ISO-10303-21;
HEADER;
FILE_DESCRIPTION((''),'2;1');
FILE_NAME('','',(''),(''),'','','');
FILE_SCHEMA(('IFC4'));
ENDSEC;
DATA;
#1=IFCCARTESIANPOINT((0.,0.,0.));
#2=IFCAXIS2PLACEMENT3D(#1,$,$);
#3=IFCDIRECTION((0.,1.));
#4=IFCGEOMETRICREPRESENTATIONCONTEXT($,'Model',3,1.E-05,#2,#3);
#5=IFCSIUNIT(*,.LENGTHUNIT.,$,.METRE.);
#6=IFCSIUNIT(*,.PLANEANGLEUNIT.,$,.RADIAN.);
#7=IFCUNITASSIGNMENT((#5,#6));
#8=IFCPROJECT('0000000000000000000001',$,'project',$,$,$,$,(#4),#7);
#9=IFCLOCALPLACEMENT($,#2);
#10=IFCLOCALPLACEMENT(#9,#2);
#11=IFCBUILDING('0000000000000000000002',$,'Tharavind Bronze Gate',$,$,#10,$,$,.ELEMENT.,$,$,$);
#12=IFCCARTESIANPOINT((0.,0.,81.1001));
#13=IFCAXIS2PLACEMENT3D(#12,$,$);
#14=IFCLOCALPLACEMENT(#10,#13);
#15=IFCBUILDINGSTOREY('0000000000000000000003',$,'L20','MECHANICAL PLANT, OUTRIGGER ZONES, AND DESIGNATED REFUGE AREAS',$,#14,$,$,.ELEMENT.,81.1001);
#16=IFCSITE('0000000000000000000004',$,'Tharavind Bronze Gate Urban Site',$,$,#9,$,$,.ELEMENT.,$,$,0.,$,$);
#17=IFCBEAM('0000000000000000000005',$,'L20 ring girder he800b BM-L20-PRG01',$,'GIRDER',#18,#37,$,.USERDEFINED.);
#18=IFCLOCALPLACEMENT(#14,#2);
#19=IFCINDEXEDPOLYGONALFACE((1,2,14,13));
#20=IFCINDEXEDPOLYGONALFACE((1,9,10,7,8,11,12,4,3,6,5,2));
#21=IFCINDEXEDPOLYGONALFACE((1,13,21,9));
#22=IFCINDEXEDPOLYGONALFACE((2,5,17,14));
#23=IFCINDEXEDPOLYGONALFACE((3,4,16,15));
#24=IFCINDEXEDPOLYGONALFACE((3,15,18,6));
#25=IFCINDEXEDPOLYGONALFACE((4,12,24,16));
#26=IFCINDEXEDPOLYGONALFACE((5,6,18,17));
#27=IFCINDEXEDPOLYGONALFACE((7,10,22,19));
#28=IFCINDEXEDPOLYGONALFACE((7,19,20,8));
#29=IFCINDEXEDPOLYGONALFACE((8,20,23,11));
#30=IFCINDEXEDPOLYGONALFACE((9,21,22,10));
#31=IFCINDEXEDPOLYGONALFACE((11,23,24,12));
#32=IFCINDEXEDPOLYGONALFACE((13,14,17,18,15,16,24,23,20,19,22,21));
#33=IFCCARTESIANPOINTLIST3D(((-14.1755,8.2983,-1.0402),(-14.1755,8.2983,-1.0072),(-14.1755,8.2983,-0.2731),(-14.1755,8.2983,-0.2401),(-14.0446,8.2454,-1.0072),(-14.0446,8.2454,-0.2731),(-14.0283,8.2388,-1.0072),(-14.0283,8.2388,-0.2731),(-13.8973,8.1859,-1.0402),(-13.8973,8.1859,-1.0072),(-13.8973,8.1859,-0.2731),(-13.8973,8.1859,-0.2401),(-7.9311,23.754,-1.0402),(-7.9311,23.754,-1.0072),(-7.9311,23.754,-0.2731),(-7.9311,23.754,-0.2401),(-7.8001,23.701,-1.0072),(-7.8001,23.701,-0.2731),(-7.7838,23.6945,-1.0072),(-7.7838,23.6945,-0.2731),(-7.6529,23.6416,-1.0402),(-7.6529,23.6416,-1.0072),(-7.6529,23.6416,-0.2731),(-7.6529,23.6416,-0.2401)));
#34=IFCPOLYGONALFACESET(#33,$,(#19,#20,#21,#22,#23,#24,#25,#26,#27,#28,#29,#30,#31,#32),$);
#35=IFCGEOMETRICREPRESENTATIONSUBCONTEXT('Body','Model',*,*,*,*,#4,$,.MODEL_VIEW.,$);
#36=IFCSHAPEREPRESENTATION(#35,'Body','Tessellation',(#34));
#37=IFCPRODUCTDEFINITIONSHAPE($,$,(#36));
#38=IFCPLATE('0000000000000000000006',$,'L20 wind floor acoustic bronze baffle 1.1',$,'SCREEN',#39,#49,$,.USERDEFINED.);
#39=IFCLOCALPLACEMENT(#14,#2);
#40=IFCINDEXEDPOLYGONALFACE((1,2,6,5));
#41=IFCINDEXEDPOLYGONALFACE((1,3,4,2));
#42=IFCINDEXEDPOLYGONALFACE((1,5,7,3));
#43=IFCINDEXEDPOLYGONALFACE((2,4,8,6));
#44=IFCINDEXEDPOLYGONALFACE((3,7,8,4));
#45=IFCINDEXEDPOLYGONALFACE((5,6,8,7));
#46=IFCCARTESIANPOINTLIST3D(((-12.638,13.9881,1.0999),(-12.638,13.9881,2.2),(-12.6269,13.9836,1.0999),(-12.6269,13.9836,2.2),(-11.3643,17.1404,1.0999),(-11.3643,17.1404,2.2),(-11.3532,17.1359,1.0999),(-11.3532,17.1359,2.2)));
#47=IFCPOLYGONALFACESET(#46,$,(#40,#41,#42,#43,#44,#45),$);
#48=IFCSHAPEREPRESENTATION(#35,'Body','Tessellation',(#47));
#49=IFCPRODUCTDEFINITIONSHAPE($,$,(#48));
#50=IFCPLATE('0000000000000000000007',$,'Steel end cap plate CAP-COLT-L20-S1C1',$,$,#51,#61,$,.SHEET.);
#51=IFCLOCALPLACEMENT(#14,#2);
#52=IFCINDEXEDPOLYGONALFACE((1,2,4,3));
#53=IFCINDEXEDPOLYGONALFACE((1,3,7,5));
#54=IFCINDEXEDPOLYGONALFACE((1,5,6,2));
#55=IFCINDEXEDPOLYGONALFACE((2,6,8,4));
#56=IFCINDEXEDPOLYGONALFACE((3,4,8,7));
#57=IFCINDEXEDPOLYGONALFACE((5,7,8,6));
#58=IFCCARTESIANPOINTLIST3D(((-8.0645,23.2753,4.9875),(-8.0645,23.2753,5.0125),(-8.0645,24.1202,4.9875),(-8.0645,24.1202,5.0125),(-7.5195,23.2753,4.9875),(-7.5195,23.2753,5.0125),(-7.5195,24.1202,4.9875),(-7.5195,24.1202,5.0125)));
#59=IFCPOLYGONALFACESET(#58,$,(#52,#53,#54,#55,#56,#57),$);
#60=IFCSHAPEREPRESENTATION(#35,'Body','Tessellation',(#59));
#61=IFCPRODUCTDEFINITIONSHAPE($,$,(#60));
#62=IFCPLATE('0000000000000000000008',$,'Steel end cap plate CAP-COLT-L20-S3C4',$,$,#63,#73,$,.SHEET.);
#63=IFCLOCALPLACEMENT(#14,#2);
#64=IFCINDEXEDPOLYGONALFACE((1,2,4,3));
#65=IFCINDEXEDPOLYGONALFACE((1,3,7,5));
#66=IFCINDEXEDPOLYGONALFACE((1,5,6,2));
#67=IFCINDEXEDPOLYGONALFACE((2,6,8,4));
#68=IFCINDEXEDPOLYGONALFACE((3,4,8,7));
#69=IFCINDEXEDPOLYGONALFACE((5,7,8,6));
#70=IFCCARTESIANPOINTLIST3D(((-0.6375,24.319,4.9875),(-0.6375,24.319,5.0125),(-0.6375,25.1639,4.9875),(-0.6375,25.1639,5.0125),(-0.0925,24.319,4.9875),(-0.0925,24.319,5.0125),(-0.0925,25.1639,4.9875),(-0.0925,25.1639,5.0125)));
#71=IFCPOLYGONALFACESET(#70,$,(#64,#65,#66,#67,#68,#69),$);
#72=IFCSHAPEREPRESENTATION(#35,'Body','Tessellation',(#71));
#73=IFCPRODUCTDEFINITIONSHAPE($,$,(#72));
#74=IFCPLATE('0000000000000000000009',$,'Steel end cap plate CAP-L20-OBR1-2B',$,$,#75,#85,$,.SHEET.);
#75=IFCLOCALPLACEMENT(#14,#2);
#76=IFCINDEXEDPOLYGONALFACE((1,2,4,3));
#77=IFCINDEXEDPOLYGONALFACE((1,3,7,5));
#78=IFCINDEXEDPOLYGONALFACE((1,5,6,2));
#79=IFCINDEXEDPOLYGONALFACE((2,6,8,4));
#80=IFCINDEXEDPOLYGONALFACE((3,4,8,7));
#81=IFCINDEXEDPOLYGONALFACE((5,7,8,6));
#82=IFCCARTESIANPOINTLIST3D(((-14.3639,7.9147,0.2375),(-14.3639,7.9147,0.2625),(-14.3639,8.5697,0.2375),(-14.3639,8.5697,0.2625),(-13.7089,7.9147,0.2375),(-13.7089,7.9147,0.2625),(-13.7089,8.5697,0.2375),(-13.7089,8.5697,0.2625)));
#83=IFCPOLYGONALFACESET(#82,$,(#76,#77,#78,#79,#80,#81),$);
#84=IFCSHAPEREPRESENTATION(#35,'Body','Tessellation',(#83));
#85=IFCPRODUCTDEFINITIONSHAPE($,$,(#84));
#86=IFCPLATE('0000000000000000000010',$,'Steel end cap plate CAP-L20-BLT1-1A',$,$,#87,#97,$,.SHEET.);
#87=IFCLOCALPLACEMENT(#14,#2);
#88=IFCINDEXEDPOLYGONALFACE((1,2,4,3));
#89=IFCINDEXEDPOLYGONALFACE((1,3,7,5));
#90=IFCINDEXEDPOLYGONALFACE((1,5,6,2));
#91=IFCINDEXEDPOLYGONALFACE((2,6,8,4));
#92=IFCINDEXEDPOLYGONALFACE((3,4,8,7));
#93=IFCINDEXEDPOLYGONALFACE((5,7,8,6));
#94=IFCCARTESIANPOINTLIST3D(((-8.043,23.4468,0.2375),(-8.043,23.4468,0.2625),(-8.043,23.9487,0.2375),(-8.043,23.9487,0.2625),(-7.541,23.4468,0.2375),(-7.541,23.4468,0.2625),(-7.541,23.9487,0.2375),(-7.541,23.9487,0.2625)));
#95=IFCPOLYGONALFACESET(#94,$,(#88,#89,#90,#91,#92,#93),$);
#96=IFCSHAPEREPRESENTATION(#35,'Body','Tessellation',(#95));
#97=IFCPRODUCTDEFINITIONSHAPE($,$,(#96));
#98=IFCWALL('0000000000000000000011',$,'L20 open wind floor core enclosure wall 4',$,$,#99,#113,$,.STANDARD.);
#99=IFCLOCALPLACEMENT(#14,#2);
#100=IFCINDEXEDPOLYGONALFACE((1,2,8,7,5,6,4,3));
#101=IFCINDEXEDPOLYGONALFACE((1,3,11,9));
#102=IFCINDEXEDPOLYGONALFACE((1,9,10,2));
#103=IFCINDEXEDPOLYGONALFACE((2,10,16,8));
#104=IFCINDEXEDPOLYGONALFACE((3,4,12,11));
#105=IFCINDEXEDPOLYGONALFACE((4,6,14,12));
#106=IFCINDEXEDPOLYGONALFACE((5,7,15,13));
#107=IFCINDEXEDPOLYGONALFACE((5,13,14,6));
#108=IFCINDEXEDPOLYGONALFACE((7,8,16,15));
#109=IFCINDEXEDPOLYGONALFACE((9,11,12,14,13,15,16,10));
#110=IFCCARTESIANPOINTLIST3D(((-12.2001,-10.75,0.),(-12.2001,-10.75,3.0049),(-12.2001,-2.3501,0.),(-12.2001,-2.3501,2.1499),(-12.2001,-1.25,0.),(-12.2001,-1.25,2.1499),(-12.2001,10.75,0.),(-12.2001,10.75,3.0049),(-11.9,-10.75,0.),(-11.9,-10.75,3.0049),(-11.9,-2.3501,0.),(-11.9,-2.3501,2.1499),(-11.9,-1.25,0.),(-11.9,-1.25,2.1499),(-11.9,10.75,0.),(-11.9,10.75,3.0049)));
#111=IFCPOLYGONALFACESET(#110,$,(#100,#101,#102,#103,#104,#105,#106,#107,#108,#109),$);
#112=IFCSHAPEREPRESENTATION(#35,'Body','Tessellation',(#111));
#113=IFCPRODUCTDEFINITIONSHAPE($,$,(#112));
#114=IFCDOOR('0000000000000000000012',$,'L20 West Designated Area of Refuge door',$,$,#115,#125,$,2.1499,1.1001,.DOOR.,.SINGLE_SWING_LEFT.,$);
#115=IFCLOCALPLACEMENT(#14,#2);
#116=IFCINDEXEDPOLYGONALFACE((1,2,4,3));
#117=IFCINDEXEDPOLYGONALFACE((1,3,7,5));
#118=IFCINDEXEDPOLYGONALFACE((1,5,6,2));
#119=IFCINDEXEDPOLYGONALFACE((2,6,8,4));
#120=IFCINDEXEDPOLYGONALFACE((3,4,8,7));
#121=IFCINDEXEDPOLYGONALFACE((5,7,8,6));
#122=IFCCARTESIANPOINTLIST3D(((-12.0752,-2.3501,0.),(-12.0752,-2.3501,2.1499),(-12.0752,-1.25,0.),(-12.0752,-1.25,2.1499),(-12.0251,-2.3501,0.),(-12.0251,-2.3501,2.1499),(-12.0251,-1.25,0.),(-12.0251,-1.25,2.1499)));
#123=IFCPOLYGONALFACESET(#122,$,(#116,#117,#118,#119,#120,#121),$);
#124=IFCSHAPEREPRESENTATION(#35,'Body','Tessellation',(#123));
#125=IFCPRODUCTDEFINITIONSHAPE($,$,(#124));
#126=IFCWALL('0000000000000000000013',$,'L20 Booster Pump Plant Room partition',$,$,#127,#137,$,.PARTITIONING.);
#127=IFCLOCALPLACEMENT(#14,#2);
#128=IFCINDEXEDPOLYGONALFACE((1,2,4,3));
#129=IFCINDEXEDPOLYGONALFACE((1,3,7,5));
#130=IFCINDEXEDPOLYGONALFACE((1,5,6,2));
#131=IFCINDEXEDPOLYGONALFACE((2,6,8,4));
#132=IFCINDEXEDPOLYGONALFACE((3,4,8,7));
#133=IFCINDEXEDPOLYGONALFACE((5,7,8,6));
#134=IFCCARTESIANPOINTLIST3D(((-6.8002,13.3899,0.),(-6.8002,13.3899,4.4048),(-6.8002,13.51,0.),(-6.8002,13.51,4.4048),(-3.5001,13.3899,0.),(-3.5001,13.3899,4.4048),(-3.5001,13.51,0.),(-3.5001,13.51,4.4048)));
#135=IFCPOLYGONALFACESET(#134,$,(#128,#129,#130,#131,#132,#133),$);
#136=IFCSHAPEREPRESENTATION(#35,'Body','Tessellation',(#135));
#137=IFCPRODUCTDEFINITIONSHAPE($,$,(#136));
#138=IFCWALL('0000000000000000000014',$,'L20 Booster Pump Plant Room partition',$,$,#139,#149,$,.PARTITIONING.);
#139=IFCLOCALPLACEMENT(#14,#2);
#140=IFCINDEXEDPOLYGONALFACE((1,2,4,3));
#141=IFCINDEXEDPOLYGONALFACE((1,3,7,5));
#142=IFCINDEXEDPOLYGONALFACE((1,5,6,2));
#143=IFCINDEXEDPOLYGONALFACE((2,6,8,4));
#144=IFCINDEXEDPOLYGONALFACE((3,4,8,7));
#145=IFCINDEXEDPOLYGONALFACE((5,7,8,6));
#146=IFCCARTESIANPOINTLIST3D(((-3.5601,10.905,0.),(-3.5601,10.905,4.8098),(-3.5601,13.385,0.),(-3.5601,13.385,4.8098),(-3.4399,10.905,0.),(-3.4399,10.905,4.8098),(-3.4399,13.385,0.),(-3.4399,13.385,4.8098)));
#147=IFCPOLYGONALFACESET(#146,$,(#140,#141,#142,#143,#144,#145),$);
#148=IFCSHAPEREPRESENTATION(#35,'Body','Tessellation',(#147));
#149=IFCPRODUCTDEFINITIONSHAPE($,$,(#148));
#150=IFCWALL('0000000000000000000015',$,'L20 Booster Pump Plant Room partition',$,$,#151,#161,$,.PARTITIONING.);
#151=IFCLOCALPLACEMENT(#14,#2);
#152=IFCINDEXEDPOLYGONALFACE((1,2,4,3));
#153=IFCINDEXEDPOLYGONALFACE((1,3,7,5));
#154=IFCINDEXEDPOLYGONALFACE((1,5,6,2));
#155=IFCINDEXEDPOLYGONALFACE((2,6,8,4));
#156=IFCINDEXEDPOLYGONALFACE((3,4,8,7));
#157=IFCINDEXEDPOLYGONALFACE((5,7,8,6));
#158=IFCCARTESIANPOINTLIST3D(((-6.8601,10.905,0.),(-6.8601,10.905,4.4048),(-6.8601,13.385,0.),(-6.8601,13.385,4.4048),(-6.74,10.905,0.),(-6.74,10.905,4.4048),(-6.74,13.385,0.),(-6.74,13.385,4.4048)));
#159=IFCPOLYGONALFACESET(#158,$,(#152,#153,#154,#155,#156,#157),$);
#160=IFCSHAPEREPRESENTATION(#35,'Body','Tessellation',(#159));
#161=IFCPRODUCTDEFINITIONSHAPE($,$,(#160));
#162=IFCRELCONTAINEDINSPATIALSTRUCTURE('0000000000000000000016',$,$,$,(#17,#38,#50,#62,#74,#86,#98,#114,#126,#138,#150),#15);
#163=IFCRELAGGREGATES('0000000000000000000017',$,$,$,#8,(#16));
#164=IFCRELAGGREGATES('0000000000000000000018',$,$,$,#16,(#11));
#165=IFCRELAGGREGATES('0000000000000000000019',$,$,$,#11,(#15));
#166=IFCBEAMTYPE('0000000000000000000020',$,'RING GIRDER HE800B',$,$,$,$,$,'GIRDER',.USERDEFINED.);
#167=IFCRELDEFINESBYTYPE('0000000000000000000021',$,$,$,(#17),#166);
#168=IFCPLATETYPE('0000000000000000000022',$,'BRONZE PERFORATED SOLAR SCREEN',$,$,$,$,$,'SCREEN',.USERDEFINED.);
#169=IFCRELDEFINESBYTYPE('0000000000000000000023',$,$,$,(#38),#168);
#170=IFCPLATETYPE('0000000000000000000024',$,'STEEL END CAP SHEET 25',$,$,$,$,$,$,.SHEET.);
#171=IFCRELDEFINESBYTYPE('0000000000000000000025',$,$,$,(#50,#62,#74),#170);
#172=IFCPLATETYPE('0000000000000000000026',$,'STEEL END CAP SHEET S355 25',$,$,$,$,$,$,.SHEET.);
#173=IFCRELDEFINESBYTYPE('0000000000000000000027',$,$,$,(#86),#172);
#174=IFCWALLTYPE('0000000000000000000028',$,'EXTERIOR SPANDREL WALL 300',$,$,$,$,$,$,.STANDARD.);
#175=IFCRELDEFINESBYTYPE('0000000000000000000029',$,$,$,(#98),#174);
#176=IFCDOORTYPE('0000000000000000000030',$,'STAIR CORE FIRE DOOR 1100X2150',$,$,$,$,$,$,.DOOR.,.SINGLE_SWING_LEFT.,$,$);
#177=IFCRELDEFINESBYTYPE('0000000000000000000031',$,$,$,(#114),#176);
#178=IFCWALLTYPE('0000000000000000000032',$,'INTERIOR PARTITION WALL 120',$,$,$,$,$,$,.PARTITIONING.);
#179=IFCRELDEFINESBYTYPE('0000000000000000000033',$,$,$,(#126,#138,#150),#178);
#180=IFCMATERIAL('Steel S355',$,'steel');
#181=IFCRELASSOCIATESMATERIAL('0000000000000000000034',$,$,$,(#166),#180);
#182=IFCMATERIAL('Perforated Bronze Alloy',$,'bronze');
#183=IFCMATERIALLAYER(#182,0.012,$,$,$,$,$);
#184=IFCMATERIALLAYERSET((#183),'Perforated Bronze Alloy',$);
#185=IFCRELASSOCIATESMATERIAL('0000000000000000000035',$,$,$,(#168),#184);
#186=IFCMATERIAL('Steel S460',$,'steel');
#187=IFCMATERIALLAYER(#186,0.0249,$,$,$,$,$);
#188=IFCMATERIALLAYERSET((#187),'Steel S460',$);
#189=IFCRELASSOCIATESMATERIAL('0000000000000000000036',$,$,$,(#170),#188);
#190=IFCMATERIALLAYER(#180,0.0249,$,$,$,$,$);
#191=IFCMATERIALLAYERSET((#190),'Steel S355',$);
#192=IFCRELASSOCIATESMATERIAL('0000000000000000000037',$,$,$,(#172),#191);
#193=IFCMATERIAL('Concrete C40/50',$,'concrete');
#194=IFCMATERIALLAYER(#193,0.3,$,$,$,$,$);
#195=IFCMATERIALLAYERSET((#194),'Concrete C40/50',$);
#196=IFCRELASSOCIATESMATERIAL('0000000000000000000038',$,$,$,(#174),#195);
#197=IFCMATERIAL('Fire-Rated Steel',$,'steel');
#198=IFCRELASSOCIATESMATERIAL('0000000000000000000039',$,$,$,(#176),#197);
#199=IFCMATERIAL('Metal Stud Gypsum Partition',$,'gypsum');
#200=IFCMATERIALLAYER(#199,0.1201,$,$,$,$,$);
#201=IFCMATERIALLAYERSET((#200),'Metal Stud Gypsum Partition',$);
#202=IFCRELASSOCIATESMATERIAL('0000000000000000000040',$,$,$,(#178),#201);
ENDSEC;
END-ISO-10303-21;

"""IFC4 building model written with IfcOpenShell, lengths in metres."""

from ifc_helpers import new_model, si_unit, direction, frame, frame_2d, origin, origin_2d, place, context, subcontext, project, spatial, rectangle, i_section, extrude, material, layer, layer_set, material_profile, profile_set, type_object, element, fill, save


model = new_model("IFC4")

# Units and contexts
model_context = context("Model", 3, precision=1e-05, world=origin(), true_north=direction((0.0, 1.0)))
body_context = subcontext(model_context, "Body", "Model", "MODEL_VIEW")
ifc_project = project(units=[si_unit("LENGTHUNIT", "METRE"), si_unit("PLANEANGLEUNIT", "RADIAN")], contexts=[model_context])

# Site, building, storey
site_placement = place(None, origin())
site = spatial("IfcSite", under=ifc_project, at=site_placement, Name="Tharavind Bronze Gate Urban Site", CompositionType="ELEMENT", RefElevation=0.0)
building_placement = place(site_placement, origin())
building = spatial("IfcBuilding", under=site, at=building_placement, Name="Tharavind Bronze Gate", CompositionType="ELEMENT")
storey_placement = place(building_placement, frame((0.0, 0.0, 81.1001)))
storey = spatial("IfcBuildingStorey", under=building, at=storey_placement, Name="L20", Description="MECHANICAL PLANT, OUTRIGGER ZONES, AND DESIGNATED REFUGE AREAS", CompositionType="ELEMENT", Elevation=81.1001)

# Shared definitions
ifc_material_1 = material(Name="Steel S460", Category="steel")

# Beam
ifc_material_2 = material(Name="Steel S355", Category="steel")
ifc_material_profile_1 = material_profile(ifc_material_2, i_section(OverallWidth=0.3, OverallDepth=0.8, WebThickness=0.0176, FlangeThickness=0.033, at=origin_2d()), Name="HE800B")
ifc_profile_set_1 = profile_set([ifc_material_profile_1], Name="Steel S355")
beam_type_1 = type_object("IfcBeamType", Name="RING GIRDER HE800B", ElementType="GIRDER", PredefinedType="USERDEFINED", material=ifc_profile_set_1)
beam_1_placement = place(storey_placement, frame((-7.792, 23.6978, -0.6401), z_axis=(-0.374603, -0.927185, 0.0), x_axis=(0.927185, -0.374603, 0.0)))
element("IfcBeam", 1, at=beam_1_placement, inside=storey, type_object=beam_type_1, Name="L20 ring girder he800b BM-L20-PRG01", ObjectType="GIRDER", PredefinedType="USERDEFINED", context=body_context, shape_type="SweptSolid", body=[
    extrude(i_section(OverallWidth=0.3, OverallDepth=0.8, WebThickness=0.0176, FlangeThickness=0.033, at=origin_2d()), origin(), (0.0, 0.0, 1.0), 16.6694),
])

# Plates
ifc_material_3 = material(Name="Perforated Bronze Alloy", Category="bronze")
ifc_layer_1 = layer(ifc_material_3, 0.012)
ifc_layer_set_1 = layer_set([ifc_layer_1], Name="Perforated Bronze Alloy")
plate_type_1 = type_object("IfcPlateType", Name="BRONZE PERFORATED SOLAR SCREEN", ElementType="SCREEN", PredefinedType="USERDEFINED", material=ifc_layer_set_1)
plate_1_placement = place(storey_placement, frame((-11.9956, 15.562, 1.0999), z_axis=(0.0, 0.0, 1.0), x_axis=(-0.374607, -0.927184, 0.0)))
element("IfcPlate", 2, at=plate_1_placement, inside=storey, type_object=plate_type_1, Name="L20 wind floor acoustic bronze baffle 1.1", ObjectType="SCREEN", PredefinedType="USERDEFINED", context=body_context, shape_type="SweptSolid", body=[
    extrude(rectangle(XDim=3.3999, YDim=0.012, at=origin_2d()), origin(), (0.0, 0.0, 1.0), 1.1001),
])
ifc_layer_2 = layer(ifc_material_1, 0.0249)
ifc_layer_set_2 = layer_set([ifc_layer_2], Name="Steel S460")
plate_type_2 = type_object("IfcPlateType", Name="STEEL END CAP SHEET 25", PredefinedType="SHEET", material=ifc_layer_set_2)
for number, where, z_axis, x_axis, name in (
    (3, (-7.792, 23.6978, 4.9875), (0.0, 0.0, 1.0), (1.0, 0.0, 0.0), "Steel end cap plate CAP-COLT-L20-S1C1"),
    (4, (-0.365, 24.7415, 4.9875), (0.0, 0.0, 1.0), (1.0, 0.0, 0.0), "Steel end cap plate CAP-COLT-L20-S3C4"),
):
    element("IfcPlate", number, at=place(storey_placement, frame(where, z_axis=z_axis, x_axis=x_axis)), inside=storey, type_object=plate_type_2, Name=name, PredefinedType="SHEET", context=body_context, shape_type="SweptSolid", body=[
        extrude(rectangle(XDim=0.5449, YDim=0.845, at=origin_2d()), origin(), (0.0, 0.0, 1.0), 0.0249),
    ])
plate_2_placement = place(storey_placement, frame((-14.0364, 8.2422, 0.2375), z_axis=(0.0, 0.0, 1.0), x_axis=(1.0, 0.0, 0.0)))
element("IfcPlate", 5, at=plate_2_placement, inside=storey, type_object=plate_type_2, Name="Steel end cap plate CAP-L20-OBR1-2B", PredefinedType="SHEET", context=body_context, shape_type="SweptSolid", body=[
    extrude(rectangle(XDim=0.655, YDim=0.655, at=origin_2d()), origin(), (0.0, 0.0, 1.0), 0.0249),
])
ifc_layer_3 = layer(ifc_material_2, 0.0249)
ifc_layer_set_3 = layer_set([ifc_layer_3], Name="Steel S355")
plate_type_3 = type_object("IfcPlateType", Name="STEEL END CAP SHEET S355 25", PredefinedType="SHEET", material=ifc_layer_set_3)
plate_3_placement = place(storey_placement, frame((-7.792, 23.6978, 0.2375), z_axis=(0.0, 0.0, 1.0), x_axis=(1.0, 0.0, 0.0)))
element("IfcPlate", 6, at=plate_3_placement, inside=storey, type_object=plate_type_3, Name="Steel end cap plate CAP-L20-BLT1-1A", PredefinedType="SHEET", context=body_context, shape_type="SweptSolid", body=[
    extrude(rectangle(XDim=0.502, YDim=0.502, at=origin_2d()), origin(), (0.0, 0.0, 1.0), 0.0249),
])

# Wall, opening, door
ifc_material_4 = material(Name="Concrete C40/50", Category="concrete")
ifc_layer_4 = layer(ifc_material_4, 0.3)
ifc_layer_set_4 = layer_set([ifc_layer_4], Name="Concrete C40/50")
wall_type_1 = type_object("IfcWallType", Name="EXTERIOR SPANDREL WALL 300", PredefinedType="STANDARD", material=ifc_layer_set_4)
wall_1_placement = place(storey_placement, frame((-12.05, 10.75, 0.0), z_axis=(0.0, 0.0, 1.0), x_axis=(0.0, -1.0, 0.0)))
wall_1 = element("IfcWall", 7, at=wall_1_placement, inside=storey, type_object=wall_type_1, Name="L20 open wind floor core enclosure wall 4", PredefinedType="STANDARD", context=body_context, shape_type="SweptSolid", body=[
    extrude(rectangle(XDim=21.5, YDim=0.3, at=frame_2d((10.75, 0.0))), origin(), (0.0, 0.0, 1.0), 3.0049),
])
opening_placement = place(wall_1_placement, frame((12.0, 0.0, 0.0)))
opening = element("IfcOpeningElement", 8, at=opening_placement, cuts=wall_1, PredefinedType="OPENING", context=body_context, shape_type="SweptSolid", body=[
    extrude(rectangle(XDim=1.1001, YDim=2.1499, at=frame_2d((0.55, 1.075))), frame((0.0, 0.1599, 0.0), z_axis=(0.0, -1.0, 0.0), x_axis=(1.0, 0.0, 0.0)), (0.0, 0.0, 1.0), 0.32),
])
ifc_material_5 = material(Name="Fire-Rated Steel", Category="steel")
door_type = type_object("IfcDoorType", Name="STAIR CORE FIRE DOOR 1100X2150", OperationType="SINGLE_SWING_LEFT", PredefinedType="DOOR", material=ifc_material_5)
door_placement = place(opening_placement, origin())
door = element("IfcDoor", 9, at=door_placement, inside=storey, type_object=door_type, Name="L20 West Designated Area of Refuge door", OperationType="SINGLE_SWING_LEFT", OverallHeight=2.1499, OverallWidth=1.1001, PredefinedType="DOOR", context=body_context, shape_type="SweptSolid", body=[
    extrude(rectangle(XDim=1.1001, YDim=2.1499, at=frame_2d((0.55, 1.075))), frame((0.0, 0.0249, 0.0), z_axis=(0.0, -1.0, 0.0), x_axis=(1.0, 0.0, 0.0)), (0.0, 0.0, 1.0), 0.05),
])
fill(opening, door)

# Walls
ifc_material_6 = material(Name="Metal Stud Gypsum Partition", Category="gypsum")
ifc_layer_5 = layer(ifc_material_6, 0.1201)
ifc_layer_set_5 = layer_set([ifc_layer_5], Name="Metal Stud Gypsum Partition")
wall_type_2 = type_object("IfcWallType", Name="INTERIOR PARTITION WALL 120", PredefinedType="PARTITIONING", material=ifc_layer_set_5)
wall_2_placement = place(storey_placement, frame((-6.8, 13.45, 0.0), z_axis=(0.0, 0.0, 1.0), x_axis=(1.0, 0.0, 0.0)))
element("IfcWall", 10, at=wall_2_placement, inside=storey, type_object=wall_type_2, Name="L20 Booster Pump Plant Room partition", PredefinedType="PARTITIONING", context=body_context, shape_type="SweptSolid", body=[
    extrude(rectangle(XDim=3.3, YDim=0.1201, at=frame_2d((1.6499, 0.0))), origin(), (0.0, 0.0, 1.0), 4.4048),
])
wall_3_placement = place(storey_placement, frame((-3.5, 13.385, 0.0), z_axis=(0.0, 0.0, 1.0), x_axis=(0.0, -1.0, 0.0)))
element("IfcWall", 11, at=wall_3_placement, inside=storey, type_object=wall_type_2, Name="L20 Booster Pump Plant Room partition", PredefinedType="PARTITIONING", context=body_context, shape_type="SweptSolid", body=[
    extrude(rectangle(XDim=2.48, YDim=0.1201, at=frame_2d((1.24, 0.0))), origin(), (0.0, 0.0, 1.0), 4.8098),
])
wall_4_placement = place(storey_placement, frame((-6.8, 10.905, 0.0), z_axis=(0.0, 0.0, 1.0), x_axis=(0.0, 1.0, 0.0)))
element("IfcWall", 12, at=wall_4_placement, inside=storey, type_object=wall_type_2, Name="L20 Booster Pump Plant Room partition", PredefinedType="PARTITIONING", context=body_context, shape_type="SweptSolid", body=[
    extrude(rectangle(XDim=2.48, YDim=0.1201, at=frame_2d((1.24, 0.0))), origin(), (0.0, 0.0, 1.0), 4.4048),
])

save(model, "model.ifc")
